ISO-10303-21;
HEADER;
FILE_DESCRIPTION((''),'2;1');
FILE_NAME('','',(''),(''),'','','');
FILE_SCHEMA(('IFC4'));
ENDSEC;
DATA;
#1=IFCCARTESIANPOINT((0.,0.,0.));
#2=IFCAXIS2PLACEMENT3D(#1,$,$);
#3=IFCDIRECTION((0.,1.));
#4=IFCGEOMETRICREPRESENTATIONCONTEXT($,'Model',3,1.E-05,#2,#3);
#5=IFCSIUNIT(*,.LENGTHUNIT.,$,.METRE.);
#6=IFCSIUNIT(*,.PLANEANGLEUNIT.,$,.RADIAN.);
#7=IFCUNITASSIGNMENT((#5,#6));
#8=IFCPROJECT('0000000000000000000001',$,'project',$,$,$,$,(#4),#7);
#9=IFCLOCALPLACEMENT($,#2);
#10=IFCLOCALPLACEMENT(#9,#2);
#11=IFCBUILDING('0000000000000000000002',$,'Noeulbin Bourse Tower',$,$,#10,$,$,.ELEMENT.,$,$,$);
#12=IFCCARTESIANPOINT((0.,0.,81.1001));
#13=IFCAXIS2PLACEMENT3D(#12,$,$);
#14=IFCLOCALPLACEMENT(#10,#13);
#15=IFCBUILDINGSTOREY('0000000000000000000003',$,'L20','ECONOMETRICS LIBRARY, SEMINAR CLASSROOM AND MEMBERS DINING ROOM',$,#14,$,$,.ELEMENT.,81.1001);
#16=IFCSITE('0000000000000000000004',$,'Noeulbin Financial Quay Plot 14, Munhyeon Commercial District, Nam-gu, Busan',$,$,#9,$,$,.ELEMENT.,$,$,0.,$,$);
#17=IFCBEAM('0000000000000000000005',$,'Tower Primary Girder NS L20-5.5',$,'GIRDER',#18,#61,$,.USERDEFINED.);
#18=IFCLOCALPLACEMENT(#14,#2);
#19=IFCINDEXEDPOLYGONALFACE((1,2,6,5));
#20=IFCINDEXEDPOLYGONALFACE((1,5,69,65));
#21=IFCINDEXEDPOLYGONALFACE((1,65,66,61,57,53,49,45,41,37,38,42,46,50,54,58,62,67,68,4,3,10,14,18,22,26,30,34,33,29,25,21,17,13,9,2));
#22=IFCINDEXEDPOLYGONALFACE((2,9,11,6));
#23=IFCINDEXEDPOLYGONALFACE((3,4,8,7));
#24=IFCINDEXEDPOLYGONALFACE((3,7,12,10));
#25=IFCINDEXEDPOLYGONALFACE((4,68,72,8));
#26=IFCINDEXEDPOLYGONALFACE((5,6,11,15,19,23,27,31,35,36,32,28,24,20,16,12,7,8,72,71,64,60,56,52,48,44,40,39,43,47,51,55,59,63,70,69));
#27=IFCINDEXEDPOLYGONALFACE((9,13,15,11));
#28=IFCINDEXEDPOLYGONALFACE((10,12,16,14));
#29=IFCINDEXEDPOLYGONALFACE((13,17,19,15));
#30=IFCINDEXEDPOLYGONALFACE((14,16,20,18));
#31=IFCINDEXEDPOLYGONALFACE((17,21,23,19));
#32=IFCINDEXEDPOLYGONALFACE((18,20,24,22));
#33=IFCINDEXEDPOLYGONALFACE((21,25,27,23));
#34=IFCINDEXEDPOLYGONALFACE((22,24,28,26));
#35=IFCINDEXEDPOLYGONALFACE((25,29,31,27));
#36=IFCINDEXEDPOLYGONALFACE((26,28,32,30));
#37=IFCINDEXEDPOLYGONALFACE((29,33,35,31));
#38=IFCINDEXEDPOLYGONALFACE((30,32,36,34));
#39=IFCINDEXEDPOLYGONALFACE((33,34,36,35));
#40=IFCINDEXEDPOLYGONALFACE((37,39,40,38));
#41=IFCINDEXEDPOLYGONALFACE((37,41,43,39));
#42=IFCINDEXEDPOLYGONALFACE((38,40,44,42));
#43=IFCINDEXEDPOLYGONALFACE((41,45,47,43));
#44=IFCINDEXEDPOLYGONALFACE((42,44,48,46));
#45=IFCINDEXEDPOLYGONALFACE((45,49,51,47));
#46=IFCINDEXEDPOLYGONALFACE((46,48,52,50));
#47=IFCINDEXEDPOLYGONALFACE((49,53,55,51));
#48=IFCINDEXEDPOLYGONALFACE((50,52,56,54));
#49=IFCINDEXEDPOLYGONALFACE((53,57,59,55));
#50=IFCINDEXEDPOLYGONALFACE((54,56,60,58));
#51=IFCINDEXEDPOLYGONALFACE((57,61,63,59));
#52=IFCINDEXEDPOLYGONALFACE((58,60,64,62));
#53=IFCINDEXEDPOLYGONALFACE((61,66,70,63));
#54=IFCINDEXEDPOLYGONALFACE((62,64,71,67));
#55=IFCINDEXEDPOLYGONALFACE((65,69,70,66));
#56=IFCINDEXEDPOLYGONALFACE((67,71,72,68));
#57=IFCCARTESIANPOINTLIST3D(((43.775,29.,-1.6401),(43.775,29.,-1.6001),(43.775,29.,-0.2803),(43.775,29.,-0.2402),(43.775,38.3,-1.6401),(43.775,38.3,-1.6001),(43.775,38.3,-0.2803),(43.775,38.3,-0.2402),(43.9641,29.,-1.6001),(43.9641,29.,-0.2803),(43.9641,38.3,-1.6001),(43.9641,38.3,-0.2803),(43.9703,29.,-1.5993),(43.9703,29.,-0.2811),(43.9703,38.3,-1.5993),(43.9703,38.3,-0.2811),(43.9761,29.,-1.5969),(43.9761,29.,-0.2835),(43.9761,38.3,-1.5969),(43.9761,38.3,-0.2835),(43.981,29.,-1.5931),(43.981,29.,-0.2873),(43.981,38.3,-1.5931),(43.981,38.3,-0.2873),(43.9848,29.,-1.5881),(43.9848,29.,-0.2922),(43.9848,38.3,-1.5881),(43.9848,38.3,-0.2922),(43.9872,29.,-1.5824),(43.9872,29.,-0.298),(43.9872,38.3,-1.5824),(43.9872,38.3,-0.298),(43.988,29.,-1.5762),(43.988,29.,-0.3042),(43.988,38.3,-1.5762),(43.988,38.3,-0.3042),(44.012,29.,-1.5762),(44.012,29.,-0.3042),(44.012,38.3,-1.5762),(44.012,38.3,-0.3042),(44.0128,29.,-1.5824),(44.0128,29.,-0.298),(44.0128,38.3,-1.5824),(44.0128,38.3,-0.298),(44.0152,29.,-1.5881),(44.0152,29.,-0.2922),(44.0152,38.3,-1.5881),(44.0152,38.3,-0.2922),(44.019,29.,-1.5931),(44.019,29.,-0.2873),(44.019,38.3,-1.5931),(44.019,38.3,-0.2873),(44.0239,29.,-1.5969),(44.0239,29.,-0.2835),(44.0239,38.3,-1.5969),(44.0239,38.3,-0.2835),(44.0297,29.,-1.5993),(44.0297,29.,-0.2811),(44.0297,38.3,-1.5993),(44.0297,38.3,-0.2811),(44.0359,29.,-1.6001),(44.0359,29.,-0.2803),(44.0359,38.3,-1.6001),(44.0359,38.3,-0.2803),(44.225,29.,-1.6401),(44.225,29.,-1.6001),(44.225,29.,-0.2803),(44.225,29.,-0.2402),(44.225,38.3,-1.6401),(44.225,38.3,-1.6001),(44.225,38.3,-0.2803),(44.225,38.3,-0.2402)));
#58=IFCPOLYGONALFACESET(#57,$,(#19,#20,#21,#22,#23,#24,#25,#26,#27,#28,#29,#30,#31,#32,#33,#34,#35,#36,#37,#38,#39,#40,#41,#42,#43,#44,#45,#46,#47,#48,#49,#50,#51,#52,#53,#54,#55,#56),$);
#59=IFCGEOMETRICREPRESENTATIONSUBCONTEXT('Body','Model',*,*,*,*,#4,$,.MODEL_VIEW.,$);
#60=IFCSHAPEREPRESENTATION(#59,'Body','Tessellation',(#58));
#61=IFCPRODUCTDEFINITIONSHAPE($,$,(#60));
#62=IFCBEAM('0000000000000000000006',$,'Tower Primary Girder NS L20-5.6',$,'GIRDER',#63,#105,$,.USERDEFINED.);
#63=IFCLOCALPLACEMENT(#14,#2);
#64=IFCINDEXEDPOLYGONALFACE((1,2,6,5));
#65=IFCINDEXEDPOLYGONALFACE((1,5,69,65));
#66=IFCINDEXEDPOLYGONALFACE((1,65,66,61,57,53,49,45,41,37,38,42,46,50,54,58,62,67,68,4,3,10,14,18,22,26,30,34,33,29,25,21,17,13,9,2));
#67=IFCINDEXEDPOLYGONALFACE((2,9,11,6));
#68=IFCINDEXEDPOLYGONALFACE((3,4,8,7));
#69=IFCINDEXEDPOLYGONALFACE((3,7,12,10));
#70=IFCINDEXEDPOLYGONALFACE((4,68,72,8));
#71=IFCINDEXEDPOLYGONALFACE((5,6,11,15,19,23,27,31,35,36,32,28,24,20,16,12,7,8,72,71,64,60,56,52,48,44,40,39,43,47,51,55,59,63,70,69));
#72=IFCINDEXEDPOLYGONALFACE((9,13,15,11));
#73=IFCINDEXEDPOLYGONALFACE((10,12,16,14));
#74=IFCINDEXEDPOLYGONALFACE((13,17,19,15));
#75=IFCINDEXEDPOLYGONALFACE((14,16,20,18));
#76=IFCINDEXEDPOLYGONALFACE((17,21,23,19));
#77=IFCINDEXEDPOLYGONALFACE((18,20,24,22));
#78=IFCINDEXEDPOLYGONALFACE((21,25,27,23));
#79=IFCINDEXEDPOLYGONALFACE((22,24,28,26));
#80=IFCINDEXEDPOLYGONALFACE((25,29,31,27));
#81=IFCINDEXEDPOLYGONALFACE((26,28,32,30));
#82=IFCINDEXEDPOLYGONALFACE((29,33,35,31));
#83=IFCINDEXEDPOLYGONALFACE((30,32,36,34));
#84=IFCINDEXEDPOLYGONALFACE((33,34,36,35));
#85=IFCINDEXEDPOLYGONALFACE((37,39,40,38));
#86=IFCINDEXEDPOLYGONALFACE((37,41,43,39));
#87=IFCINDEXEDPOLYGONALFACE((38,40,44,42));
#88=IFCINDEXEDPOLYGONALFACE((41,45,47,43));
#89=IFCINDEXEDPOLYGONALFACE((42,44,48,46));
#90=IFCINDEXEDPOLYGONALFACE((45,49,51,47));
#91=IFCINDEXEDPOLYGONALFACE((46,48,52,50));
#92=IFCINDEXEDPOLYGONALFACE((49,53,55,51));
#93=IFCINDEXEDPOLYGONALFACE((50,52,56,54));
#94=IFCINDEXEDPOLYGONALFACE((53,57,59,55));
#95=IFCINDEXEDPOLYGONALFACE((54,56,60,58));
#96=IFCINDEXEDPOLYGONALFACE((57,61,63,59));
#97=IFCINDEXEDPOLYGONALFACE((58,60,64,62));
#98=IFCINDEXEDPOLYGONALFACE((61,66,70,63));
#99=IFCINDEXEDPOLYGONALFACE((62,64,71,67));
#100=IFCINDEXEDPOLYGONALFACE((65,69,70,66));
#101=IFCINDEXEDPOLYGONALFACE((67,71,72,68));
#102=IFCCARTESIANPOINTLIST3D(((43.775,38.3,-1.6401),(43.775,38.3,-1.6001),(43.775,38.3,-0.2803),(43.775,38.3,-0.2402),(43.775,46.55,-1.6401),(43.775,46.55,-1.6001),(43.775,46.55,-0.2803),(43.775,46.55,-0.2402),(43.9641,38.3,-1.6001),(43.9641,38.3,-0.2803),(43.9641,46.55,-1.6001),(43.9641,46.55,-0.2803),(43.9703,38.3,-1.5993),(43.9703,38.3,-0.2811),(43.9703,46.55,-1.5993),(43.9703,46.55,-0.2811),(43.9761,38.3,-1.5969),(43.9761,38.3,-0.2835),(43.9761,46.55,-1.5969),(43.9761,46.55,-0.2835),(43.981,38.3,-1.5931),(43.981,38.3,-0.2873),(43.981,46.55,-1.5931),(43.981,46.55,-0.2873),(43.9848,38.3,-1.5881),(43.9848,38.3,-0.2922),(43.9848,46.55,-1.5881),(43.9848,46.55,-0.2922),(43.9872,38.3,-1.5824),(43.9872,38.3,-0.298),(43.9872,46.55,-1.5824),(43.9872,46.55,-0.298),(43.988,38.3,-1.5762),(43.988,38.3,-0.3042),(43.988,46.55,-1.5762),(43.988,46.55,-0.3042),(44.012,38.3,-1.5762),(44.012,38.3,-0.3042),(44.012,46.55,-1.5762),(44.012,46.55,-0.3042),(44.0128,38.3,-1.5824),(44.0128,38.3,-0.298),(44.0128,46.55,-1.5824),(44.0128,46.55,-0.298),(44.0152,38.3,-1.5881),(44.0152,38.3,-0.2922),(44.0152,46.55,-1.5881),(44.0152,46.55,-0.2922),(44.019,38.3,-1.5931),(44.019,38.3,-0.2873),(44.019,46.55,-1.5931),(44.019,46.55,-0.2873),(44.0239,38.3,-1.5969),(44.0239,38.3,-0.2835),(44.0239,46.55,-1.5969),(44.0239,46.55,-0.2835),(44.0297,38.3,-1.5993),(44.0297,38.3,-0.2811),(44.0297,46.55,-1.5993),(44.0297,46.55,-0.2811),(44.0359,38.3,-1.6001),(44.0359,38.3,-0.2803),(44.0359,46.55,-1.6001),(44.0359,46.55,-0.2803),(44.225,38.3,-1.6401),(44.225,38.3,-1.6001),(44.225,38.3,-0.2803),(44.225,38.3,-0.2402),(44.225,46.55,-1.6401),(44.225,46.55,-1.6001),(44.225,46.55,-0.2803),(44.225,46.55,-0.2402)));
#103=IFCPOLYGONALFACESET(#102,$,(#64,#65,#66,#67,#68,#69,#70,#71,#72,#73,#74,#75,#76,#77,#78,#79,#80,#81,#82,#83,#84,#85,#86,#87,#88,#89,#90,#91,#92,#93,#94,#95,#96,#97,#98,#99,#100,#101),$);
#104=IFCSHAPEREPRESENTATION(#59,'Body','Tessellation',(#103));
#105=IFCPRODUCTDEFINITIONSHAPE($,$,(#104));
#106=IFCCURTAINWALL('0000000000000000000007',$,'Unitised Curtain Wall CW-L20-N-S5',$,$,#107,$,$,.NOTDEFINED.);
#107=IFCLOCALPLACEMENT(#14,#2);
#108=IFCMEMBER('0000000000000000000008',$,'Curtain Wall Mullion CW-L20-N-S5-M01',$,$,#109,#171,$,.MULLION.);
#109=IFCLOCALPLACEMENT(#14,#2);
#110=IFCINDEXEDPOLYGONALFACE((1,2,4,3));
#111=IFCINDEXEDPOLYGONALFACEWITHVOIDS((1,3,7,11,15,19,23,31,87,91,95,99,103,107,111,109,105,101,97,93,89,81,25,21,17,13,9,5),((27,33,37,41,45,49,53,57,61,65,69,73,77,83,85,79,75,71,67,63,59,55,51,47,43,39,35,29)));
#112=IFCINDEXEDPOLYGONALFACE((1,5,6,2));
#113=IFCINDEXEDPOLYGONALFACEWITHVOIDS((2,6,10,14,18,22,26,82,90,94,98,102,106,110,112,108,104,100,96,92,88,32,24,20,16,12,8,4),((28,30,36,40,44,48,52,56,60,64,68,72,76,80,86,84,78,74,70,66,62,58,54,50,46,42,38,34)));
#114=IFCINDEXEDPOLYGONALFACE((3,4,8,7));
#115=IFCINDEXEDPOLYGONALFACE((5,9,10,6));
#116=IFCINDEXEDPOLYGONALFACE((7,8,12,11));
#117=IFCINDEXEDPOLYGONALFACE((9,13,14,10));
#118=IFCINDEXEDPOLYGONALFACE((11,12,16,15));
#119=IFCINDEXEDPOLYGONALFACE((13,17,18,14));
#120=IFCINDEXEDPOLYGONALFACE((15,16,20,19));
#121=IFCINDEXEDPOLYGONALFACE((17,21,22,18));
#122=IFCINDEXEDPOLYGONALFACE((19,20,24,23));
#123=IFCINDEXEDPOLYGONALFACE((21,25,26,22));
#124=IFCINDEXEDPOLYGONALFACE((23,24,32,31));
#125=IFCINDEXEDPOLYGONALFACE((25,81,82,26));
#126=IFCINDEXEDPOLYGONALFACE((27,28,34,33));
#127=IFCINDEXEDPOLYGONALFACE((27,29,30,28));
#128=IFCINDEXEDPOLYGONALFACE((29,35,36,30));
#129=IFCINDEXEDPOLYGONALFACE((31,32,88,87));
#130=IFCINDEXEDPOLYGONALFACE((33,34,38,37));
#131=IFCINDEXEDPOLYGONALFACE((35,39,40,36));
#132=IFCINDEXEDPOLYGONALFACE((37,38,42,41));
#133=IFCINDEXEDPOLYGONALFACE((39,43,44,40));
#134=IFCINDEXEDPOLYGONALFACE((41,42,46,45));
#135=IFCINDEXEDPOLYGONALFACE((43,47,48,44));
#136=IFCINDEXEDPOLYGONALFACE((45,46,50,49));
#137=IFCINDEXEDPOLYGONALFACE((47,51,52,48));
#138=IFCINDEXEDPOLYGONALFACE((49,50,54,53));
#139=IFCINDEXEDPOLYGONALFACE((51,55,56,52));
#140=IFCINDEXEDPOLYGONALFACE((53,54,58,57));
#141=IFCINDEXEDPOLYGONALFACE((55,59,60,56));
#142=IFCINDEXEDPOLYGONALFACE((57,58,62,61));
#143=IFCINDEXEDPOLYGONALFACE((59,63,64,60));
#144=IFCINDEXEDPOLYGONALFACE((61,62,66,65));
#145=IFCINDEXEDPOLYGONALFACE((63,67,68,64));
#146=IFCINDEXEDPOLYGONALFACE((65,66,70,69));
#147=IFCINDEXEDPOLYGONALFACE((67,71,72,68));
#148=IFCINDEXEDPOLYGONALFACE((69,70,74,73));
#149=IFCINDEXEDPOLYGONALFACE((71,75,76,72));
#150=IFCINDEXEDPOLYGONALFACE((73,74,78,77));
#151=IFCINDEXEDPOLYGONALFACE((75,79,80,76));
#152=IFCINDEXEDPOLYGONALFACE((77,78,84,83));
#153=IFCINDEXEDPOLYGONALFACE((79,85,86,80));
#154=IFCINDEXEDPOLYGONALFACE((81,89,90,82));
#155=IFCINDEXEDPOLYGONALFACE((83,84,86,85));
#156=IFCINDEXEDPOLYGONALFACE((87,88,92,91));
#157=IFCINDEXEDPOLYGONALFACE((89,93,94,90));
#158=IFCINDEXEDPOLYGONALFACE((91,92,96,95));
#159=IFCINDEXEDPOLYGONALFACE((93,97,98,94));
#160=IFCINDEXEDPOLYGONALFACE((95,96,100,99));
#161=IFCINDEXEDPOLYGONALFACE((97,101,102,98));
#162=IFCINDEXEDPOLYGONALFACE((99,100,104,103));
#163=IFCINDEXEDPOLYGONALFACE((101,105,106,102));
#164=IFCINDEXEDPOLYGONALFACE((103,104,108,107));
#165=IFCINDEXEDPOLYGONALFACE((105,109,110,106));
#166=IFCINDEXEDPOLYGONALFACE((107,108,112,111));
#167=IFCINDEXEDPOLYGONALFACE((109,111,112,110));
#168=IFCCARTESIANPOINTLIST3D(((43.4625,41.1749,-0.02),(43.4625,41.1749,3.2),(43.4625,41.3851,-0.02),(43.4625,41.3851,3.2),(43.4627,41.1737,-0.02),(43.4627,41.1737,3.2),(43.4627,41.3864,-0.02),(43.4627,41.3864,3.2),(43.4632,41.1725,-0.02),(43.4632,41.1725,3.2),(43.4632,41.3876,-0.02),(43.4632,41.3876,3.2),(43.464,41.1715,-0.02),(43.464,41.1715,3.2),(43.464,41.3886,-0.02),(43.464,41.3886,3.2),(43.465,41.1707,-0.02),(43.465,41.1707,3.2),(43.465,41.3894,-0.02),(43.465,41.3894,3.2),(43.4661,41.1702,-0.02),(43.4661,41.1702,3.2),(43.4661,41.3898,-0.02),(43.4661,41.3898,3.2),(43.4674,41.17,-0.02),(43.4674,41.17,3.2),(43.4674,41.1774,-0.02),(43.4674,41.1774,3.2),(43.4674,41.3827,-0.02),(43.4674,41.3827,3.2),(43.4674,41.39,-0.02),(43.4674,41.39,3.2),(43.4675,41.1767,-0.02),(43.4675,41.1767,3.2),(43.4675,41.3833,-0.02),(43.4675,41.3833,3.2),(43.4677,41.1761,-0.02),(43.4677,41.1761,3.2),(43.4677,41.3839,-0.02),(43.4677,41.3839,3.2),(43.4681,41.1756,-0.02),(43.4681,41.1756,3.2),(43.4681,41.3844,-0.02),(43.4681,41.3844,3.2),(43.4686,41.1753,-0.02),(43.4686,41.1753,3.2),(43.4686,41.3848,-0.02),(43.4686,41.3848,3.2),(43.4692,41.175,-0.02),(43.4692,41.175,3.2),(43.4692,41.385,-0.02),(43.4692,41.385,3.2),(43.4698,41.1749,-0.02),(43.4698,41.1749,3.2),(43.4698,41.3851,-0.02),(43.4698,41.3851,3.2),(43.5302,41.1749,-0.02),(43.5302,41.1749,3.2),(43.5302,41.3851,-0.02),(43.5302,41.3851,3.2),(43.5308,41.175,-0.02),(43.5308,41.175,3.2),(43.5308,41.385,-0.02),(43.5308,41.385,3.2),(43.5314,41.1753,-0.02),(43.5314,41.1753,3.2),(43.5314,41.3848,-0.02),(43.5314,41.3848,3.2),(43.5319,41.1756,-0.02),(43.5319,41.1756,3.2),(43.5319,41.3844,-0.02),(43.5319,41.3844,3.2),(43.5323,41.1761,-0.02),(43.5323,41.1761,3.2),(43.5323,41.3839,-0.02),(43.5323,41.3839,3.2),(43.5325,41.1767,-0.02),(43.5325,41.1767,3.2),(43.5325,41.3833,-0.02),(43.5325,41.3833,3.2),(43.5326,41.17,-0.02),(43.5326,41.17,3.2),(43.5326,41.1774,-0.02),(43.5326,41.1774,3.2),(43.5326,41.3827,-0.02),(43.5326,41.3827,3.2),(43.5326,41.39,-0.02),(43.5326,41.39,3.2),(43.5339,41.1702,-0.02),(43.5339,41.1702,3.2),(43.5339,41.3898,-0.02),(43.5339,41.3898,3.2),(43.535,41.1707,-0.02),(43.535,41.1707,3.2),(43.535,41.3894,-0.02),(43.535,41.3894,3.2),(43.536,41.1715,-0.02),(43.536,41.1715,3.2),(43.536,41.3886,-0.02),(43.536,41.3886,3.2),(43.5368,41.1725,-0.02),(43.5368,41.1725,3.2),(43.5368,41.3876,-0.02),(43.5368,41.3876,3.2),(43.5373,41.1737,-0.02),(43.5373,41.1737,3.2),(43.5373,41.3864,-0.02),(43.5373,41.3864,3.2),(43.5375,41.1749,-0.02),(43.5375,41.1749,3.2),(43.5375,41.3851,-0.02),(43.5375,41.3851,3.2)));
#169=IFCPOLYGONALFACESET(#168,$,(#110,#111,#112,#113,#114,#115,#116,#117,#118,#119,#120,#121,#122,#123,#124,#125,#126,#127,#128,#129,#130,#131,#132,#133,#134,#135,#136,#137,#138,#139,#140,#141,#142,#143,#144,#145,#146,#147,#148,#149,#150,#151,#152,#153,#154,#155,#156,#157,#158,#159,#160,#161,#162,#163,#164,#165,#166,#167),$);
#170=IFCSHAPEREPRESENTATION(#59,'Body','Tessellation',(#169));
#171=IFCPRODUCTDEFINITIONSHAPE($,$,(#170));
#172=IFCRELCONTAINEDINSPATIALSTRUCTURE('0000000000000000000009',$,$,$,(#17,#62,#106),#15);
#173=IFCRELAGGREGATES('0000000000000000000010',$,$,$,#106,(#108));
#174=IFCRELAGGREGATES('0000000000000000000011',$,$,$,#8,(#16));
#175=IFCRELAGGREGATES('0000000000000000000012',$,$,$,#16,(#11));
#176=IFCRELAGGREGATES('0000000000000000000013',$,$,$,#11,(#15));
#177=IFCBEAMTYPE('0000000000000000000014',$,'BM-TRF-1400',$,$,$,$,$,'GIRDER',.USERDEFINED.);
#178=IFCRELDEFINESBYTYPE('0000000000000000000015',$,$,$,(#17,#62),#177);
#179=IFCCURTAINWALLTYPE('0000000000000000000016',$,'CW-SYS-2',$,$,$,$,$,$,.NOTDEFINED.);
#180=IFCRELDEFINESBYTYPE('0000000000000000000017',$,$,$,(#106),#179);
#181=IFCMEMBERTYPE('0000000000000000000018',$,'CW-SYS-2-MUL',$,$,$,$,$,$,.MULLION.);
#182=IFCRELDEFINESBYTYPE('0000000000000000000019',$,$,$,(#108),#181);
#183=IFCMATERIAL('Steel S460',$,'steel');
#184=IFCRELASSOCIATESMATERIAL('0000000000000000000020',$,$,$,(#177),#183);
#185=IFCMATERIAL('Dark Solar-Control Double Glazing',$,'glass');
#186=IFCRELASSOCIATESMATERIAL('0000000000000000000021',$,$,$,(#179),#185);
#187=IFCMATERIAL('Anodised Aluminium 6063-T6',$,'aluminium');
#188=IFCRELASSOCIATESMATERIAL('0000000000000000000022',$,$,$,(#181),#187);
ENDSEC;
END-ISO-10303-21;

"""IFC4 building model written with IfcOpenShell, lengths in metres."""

from ifc_helpers import new_model, si_unit, direction, frame, origin, origin_2d, place, context, subcontext, project, spatial, hollow_rectangle, i_section, extrude, material, material_profile, profile_set, type_object, element, aggregate, save


model = new_model("IFC4")

# Units and contexts
model_context = context("Model", 3, precision=1e-05, world=origin(), true_north=direction((0.0, 1.0)))
body_context = subcontext(model_context, "Body", "Model", "MODEL_VIEW")
ifc_project = project(units=[si_unit("LENGTHUNIT", "METRE"), si_unit("PLANEANGLEUNIT", "RADIAN")], contexts=[model_context])

# Site, building, storey
site_placement = place(None, origin())
site = spatial("IfcSite", under=ifc_project, at=site_placement, Name="Noeulbin Financial Quay Plot 14, Munhyeon Commercial District, Nam-gu, Busan", CompositionType="ELEMENT", RefElevation=0.0)
building_placement = place(site_placement, origin())
building = spatial("IfcBuilding", under=site, at=building_placement, Name="Noeulbin Bourse Tower", CompositionType="ELEMENT")
storey_placement = place(building_placement, frame((0.0, 0.0, 81.1001)))
storey = spatial("IfcBuildingStorey", under=building, at=storey_placement, Name="L20", Description="ECONOMETRICS LIBRARY, SEMINAR CLASSROOM AND MEMBERS DINING ROOM", CompositionType="ELEMENT", Elevation=81.1001)

# Shared definitions
ifc_material_1 = material(Name="Steel S460", Category="steel")

# Beams
ifc_material_profile_1 = material_profile(ifc_material_1, i_section(OverallWidth=0.45, OverallDepth=1.3999, WebThickness=0.0239, FlangeThickness=0.04, FilletRadius=0.0239, at=origin_2d()), Name="PG-1400x450x24x40", Category="LoadBearing")
ifc_profile_set_1 = profile_set([ifc_material_profile_1], Name="Steel S460")
beam_type_1 = type_object("IfcBeamType", Name="BM-TRF-1400", ElementType="GIRDER", PredefinedType="USERDEFINED", material=ifc_profile_set_1)
beam_1_placement = place(storey_placement, frame((44.0, 29.0, -0.9402), z_axis=(0.0, 1.0, 0.0), x_axis=(-1.0, 0.0, 0.0)))
element("IfcBeam", 1, at=beam_1_placement, inside=storey, type_object=beam_type_1, Name="Tower Primary Girder NS L20-5.5", ObjectType="GIRDER", PredefinedType="USERDEFINED", context=body_context, shape_type="SweptSolid", body=[
    extrude(i_section(OverallWidth=0.45, OverallDepth=1.3999, WebThickness=0.0239, FlangeThickness=0.04, FilletRadius=0.0239, at=origin_2d()), origin(), (0.0, 0.0, 1.0), 9.3),
])
beam_2_placement = place(storey_placement, frame((44.0, 38.3, -0.9402), z_axis=(0.0, 1.0, 0.0), x_axis=(-1.0, 0.0, 0.0)))
element("IfcBeam", 2, at=beam_2_placement, inside=storey, type_object=beam_type_1, Name="Tower Primary Girder NS L20-5.6", ObjectType="GIRDER", PredefinedType="USERDEFINED", context=body_context, shape_type="SweptSolid", body=[
    extrude(i_section(OverallWidth=0.45, OverallDepth=1.3999, WebThickness=0.0239, FlangeThickness=0.04, FilletRadius=0.0239, at=origin_2d()), origin(), (0.0, 0.0, 1.0), 8.25),
])

# Curtain wall, member
ifc_material_2 = material(Name="Dark Solar-Control Double Glazing", Category="glass")
curtain_wall_type = type_object("IfcCurtainWallType", Name="CW-SYS-2", PredefinedType="NOTDEFINED", material=ifc_material_2)
curtain_wall_placement = place(storey_placement, origin())
curtain_wall = element("IfcCurtainWall", 3, at=curtain_wall_placement, inside=storey, type_object=curtain_wall_type, Name="Unitised Curtain Wall CW-L20-N-S5", PredefinedType="NOTDEFINED")
ifc_material_3 = material(Name="Anodised Aluminium 6063-T6", Category="aluminium")
ifc_material_profile_2 = material_profile(ifc_material_3, hollow_rectangle(XDim=0.075, YDim=0.22, WallThickness=0.0049, InnerFilletRadius=0.0024, OuterFilletRadius=0.0049, at=origin_2d()), Name="ALU-MULL-75x220x5", Category="LoadBearing")
ifc_profile_set_2 = profile_set([ifc_material_profile_2], Name="Anodised Aluminium 6063-T6")
member_type_1 = type_object("IfcMemberType", Name="CW-SYS-2-MUL", PredefinedType="MULLION", material=ifc_profile_set_2)
member_placement = place(storey_placement, frame((43.5, 41.28, -0.02), z_axis=(0.0, 0.0, 1.0), x_axis=(1.0, 0.0, 0.0)))
member = element("IfcMember", 4, at=member_placement, type_object=member_type_1, Name="Curtain Wall Mullion CW-L20-N-S5-M01", PredefinedType="MULLION", context=body_context, shape_type="SweptSolid", body=[
    extrude(hollow_rectangle(XDim=0.075, YDim=0.22, WallThickness=0.0049, InnerFilletRadius=0.0024, OuterFilletRadius=0.0049, at=origin_2d()), origin(), (0.0, 0.0, 1.0), 3.22),
])

aggregate(curtain_wall, [member])

save(model, "model.ifc")
